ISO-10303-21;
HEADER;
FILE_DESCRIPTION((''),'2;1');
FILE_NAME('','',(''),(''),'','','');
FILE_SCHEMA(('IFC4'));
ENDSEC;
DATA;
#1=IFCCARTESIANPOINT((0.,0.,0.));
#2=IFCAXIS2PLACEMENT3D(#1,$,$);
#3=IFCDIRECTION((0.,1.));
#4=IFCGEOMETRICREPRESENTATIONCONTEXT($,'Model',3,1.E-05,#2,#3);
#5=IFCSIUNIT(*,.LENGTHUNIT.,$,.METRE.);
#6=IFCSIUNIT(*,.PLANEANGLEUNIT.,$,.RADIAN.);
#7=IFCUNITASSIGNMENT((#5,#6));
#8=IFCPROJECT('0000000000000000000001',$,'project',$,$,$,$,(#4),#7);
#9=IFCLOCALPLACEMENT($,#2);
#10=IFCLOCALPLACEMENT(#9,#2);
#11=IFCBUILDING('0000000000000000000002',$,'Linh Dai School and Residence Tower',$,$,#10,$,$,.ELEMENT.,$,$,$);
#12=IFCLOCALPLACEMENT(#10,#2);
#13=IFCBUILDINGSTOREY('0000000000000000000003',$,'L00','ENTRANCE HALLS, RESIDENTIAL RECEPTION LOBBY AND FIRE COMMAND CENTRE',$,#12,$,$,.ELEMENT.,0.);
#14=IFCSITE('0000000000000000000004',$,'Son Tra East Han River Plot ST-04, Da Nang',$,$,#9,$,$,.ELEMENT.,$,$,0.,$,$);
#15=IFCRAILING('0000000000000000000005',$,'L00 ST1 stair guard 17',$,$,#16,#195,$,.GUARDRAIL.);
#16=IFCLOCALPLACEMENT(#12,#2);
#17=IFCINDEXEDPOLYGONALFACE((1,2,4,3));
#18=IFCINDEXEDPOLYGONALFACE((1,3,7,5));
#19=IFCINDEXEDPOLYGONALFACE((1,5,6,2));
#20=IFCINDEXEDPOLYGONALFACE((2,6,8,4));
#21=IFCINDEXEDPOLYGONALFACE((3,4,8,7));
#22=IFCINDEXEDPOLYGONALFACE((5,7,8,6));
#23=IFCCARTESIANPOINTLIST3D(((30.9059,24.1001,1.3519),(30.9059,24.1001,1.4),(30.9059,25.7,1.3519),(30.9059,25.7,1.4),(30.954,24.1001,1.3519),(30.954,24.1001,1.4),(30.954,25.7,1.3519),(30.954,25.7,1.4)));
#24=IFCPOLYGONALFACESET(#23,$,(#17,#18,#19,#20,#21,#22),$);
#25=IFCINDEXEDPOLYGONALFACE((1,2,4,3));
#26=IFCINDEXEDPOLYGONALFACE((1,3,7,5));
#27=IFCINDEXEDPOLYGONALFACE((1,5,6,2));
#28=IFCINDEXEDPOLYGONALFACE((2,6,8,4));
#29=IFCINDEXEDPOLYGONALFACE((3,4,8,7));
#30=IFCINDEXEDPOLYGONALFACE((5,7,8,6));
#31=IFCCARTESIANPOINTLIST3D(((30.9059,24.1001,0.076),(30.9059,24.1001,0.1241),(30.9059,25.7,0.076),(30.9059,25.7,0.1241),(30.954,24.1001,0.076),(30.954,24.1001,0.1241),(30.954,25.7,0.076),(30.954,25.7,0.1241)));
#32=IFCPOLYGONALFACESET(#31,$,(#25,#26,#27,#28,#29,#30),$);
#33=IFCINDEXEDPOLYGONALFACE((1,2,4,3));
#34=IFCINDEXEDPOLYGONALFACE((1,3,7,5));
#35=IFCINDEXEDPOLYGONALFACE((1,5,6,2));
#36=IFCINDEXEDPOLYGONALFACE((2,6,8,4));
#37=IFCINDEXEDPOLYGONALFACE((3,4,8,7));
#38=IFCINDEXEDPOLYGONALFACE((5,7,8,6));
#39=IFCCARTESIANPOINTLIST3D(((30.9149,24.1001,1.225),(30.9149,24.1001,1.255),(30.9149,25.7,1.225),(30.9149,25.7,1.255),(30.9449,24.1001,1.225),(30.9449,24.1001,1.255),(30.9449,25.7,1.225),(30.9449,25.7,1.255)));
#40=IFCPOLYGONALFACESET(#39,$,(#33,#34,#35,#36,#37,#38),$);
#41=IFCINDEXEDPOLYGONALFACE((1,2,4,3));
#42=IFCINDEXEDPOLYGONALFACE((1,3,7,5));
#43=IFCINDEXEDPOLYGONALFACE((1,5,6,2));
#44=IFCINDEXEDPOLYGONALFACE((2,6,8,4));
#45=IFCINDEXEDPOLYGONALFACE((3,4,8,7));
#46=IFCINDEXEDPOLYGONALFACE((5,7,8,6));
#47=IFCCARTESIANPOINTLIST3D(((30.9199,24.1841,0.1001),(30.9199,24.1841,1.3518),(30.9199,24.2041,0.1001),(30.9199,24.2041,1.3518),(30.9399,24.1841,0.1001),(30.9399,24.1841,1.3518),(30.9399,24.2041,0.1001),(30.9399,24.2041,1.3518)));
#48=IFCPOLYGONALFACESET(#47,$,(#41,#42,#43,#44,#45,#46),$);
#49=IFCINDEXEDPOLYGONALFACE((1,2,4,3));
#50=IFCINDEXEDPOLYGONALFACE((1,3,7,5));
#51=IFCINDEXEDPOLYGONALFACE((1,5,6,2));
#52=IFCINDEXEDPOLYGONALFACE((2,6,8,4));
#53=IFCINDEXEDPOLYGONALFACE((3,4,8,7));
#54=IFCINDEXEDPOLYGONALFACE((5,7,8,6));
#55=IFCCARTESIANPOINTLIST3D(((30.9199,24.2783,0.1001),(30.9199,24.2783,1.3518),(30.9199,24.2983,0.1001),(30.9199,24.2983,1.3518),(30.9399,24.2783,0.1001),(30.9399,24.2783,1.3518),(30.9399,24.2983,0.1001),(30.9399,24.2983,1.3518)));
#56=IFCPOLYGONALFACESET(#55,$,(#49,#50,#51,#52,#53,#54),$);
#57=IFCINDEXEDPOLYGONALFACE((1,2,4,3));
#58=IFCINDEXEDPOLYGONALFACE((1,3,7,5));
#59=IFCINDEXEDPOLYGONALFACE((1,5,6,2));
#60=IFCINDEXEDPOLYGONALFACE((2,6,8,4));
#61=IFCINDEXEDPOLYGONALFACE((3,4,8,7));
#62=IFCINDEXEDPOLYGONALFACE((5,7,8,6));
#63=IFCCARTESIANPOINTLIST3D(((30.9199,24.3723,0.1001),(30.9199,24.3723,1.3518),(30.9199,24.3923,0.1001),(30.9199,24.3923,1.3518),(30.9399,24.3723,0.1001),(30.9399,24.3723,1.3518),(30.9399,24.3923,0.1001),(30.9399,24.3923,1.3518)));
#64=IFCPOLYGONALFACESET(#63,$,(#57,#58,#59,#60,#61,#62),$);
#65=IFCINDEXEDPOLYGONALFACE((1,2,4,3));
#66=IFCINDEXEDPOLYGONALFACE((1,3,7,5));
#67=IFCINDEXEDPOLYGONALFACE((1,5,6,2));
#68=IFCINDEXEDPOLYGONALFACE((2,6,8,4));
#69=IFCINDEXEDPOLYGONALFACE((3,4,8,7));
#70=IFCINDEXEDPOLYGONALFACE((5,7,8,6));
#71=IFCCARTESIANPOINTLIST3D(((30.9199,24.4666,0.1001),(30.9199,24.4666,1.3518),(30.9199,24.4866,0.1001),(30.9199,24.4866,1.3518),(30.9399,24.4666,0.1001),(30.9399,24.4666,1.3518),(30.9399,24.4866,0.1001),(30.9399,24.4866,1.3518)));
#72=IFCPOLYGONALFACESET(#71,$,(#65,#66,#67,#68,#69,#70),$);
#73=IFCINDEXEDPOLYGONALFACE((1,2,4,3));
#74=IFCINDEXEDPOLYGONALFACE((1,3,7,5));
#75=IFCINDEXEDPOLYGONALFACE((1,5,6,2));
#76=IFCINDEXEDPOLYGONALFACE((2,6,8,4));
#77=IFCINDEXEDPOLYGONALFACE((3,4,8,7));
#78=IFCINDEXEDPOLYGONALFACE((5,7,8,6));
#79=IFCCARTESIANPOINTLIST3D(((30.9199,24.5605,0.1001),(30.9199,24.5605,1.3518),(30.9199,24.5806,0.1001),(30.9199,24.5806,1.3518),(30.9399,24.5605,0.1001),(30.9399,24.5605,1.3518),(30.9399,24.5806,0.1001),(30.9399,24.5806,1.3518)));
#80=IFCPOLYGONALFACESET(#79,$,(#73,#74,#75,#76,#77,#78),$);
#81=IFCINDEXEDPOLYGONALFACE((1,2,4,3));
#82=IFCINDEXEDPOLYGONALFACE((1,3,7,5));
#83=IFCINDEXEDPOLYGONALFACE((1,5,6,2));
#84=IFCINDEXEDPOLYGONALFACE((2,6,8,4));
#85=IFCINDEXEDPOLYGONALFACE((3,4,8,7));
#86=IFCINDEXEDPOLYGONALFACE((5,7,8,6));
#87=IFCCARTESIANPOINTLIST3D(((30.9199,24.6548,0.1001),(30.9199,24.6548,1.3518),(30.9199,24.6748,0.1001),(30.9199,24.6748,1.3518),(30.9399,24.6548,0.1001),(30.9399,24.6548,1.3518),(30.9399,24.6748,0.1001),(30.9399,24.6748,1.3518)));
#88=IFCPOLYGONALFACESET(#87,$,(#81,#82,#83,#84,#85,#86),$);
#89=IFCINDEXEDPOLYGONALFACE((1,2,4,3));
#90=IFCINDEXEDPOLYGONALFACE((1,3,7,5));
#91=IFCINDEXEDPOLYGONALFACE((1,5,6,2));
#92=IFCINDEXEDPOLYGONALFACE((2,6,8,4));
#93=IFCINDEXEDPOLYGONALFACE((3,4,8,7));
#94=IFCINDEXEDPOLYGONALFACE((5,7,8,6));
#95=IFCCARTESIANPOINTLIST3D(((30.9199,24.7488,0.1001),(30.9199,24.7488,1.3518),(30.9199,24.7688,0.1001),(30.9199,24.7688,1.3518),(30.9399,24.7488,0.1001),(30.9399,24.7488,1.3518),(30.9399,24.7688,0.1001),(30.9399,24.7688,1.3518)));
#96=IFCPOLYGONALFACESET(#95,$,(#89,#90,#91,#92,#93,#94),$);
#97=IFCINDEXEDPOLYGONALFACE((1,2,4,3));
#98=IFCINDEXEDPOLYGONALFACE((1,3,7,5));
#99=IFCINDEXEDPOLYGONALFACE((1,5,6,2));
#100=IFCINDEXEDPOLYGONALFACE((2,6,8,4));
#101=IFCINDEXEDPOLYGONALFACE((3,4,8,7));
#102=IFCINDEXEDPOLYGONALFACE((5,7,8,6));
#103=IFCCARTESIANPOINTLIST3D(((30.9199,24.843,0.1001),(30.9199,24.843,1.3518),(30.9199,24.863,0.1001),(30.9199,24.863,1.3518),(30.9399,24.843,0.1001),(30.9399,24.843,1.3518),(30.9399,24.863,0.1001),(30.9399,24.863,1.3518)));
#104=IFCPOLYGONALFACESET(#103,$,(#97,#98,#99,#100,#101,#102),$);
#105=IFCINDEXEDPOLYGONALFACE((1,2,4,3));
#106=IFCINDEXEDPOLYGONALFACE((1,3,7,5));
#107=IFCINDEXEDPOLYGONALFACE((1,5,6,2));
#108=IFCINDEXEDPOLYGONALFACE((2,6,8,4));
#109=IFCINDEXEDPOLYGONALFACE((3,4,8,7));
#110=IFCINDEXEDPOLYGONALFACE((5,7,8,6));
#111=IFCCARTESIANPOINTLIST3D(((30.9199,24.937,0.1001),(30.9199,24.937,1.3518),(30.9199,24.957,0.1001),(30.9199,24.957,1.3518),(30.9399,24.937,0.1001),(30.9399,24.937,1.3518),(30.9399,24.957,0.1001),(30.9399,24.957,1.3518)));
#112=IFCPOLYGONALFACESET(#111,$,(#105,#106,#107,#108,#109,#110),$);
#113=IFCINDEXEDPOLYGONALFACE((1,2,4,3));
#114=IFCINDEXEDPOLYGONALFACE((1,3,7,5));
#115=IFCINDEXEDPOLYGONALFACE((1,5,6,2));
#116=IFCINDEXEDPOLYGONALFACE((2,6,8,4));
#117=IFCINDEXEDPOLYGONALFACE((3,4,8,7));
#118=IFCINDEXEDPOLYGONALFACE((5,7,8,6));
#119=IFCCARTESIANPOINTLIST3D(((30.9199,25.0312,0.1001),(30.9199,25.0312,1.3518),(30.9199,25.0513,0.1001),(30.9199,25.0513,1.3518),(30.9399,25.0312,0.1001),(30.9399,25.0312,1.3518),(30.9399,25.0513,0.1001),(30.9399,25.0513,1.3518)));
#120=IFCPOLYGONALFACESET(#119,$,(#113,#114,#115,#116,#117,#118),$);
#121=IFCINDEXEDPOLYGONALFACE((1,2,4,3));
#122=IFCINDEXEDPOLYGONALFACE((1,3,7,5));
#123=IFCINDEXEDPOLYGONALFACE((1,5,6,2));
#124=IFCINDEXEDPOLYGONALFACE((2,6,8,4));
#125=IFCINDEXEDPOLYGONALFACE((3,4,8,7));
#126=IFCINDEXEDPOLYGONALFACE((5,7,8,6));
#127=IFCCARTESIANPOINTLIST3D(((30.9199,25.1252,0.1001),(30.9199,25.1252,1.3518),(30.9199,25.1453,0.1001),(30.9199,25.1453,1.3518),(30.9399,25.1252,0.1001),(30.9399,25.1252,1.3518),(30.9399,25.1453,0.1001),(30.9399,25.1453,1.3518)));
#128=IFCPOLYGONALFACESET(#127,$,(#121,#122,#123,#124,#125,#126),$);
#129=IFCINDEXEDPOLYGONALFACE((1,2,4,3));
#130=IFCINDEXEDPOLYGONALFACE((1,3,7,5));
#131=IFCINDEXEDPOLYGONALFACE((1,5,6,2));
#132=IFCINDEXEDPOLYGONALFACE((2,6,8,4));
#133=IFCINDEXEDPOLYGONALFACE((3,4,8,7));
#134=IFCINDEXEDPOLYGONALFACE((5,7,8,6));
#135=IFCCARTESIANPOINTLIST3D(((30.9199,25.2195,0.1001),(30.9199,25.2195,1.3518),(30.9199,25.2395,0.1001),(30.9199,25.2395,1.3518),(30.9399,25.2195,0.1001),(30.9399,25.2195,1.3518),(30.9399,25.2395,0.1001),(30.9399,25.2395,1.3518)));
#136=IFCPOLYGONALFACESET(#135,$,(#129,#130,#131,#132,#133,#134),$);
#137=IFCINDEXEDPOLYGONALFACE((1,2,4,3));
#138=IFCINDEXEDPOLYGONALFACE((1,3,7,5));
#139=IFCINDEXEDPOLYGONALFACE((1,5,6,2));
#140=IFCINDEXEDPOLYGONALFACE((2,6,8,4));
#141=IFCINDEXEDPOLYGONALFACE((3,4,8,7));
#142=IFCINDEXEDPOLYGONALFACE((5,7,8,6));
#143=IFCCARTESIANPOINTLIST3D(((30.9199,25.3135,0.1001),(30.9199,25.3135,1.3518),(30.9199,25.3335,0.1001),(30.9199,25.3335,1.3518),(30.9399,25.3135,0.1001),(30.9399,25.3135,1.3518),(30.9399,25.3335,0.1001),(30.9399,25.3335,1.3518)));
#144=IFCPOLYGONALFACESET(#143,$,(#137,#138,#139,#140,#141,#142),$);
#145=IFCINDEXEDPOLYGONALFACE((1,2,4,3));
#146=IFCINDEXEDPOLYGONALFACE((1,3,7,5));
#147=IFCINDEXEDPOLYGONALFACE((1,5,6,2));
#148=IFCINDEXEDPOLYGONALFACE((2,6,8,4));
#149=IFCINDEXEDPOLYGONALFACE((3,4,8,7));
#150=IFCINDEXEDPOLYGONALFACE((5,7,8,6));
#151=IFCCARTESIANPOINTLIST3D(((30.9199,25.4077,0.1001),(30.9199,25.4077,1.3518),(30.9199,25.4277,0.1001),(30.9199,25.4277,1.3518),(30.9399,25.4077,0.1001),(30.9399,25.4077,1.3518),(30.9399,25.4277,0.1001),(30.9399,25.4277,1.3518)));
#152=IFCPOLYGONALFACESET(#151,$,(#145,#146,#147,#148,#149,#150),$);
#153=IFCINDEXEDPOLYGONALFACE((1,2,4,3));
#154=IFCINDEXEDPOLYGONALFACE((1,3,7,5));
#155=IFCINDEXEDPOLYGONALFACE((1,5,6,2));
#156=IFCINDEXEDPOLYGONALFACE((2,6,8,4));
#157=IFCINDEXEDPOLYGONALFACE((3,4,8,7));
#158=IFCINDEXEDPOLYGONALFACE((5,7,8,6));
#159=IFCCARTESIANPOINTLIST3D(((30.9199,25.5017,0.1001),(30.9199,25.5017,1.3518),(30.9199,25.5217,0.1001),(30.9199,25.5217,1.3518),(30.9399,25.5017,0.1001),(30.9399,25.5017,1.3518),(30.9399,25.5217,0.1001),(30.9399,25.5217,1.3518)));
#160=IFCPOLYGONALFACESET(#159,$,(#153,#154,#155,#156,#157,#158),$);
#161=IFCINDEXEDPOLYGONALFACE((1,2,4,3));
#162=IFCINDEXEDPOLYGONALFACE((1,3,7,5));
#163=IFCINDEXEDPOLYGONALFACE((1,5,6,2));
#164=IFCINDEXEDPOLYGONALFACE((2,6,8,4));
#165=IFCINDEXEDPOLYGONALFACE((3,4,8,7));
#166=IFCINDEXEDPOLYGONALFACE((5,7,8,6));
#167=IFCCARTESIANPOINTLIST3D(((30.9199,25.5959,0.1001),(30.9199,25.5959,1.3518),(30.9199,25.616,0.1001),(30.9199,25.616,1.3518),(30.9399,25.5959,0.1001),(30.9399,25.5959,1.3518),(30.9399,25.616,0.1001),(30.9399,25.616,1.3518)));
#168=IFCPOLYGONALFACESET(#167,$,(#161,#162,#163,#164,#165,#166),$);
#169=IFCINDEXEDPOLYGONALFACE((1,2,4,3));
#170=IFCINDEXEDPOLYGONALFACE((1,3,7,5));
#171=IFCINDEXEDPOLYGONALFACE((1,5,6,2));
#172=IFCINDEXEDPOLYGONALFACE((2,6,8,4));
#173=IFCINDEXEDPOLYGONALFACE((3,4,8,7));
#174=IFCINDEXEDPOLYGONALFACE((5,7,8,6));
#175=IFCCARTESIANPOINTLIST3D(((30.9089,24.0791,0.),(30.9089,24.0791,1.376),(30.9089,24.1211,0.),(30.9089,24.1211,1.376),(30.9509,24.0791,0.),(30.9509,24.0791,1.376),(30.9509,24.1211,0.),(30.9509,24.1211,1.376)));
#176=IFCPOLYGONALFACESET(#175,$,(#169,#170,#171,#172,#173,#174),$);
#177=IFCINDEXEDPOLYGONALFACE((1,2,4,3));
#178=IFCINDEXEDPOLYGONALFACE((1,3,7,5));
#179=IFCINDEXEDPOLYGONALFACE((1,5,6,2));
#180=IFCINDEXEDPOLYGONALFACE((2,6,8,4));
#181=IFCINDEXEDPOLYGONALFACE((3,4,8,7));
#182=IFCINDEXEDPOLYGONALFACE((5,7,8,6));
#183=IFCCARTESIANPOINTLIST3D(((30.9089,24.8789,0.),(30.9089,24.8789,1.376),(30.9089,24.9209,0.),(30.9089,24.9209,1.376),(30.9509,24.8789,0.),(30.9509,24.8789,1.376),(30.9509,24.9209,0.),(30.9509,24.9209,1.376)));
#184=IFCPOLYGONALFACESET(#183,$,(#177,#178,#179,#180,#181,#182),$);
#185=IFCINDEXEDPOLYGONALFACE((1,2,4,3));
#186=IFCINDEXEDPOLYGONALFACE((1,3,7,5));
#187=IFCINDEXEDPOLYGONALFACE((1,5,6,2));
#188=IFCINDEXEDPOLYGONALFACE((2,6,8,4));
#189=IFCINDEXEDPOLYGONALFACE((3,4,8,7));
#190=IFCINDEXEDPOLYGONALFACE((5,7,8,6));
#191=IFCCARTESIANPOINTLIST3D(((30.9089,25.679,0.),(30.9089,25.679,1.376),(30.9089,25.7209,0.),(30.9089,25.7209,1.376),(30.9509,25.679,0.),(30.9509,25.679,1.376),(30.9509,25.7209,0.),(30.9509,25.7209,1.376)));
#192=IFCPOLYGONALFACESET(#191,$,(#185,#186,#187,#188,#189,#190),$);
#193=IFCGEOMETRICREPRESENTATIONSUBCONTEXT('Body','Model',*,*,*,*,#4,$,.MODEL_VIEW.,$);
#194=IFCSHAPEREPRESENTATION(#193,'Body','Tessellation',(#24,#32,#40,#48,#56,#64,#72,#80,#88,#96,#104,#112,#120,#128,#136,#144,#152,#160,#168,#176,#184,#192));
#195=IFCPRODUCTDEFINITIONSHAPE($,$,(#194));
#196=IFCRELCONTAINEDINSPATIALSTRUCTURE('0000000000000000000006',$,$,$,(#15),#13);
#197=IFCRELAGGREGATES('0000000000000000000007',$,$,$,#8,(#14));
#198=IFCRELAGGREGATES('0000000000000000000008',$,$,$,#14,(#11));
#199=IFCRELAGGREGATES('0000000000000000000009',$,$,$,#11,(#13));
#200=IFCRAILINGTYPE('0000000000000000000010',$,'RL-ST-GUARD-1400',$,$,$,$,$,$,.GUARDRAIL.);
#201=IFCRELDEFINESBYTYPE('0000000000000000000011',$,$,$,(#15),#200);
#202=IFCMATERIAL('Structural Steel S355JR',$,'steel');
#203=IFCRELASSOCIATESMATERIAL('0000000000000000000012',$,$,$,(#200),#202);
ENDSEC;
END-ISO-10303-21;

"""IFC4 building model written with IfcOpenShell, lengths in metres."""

from ifc_helpers import new_model, si_unit, direction, frame, origin, origin_2d, place, context, subcontext, project, spatial, rectangle, extrude, source, transform, mapped, material, type_object, element, save


model = new_model("IFC4")

# Units and contexts
model_context = context("Model", 3, precision=1e-05, world=origin(), true_north=direction((0.0, 1.0)))
body_context = subcontext(model_context, "Body", "Model", "MODEL_VIEW")
ifc_project = project(units=[si_unit("LENGTHUNIT", "METRE"), si_unit("PLANEANGLEUNIT", "RADIAN")], contexts=[model_context])

# Site, building, storey
site_placement = place(None, origin())
site = spatial("IfcSite", under=ifc_project, at=site_placement, Name="Son Tra East Han River Plot ST-04, Da Nang", CompositionType="ELEMENT", RefElevation=0.0)
building_placement = place(site_placement, origin())
building = spatial("IfcBuilding", under=site, at=building_placement, Name="Linh Dai School and Residence Tower", CompositionType="ELEMENT")
storey_placement = place(building_placement, origin())
storey = spatial("IfcBuildingStorey", under=building, at=storey_placement, Name="L00", Description="ENTRANCE HALLS, RESIDENTIAL RECEPTION LOBBY AND FIRE COMMAND CENTRE", CompositionType="ELEMENT", Elevation=0.0)

# Shared definitions
ifc_material_1 = material(Name="Structural Steel S355JR", Category="steel")

# Railing
railing_type_1 = type_object("IfcRailingType", Name="RL-ST-GUARD-1400", PredefinedType="GUARDRAIL", material=ifc_material_1)
shared_shape_1 = source(origin(), body_context, "Body", "SweptSolid", [
    extrude(rectangle(XDim=0.0481, YDim=0.0481, at=origin_2d()), frame((0.0, 0.0, 1.376), z_axis=(0.0, 1.0, 0.0), x_axis=(-1.0, 0.0, 0.0)), (0.0, 0.0, 1.0), 1.5999),
    extrude(rectangle(XDim=0.0481, YDim=0.0481, at=origin_2d()), frame((0.0, 0.0, 0.1001), z_axis=(0.0, 1.0, 0.0), x_axis=(-1.0, 0.0, 0.0)), (0.0, 0.0, 1.0), 1.5999),
    extrude(rectangle(XDim=0.03, YDim=0.03, at=origin_2d()), frame((0.0, 0.0, 1.24), z_axis=(0.0, 1.0, 0.0), x_axis=(-1.0, 0.0, 0.0)), (0.0, 0.0, 1.0), 1.5999),
    extrude(rectangle(XDim=0.02, YDim=0.02, at=origin_2d()), frame((0.0, 0.094, 0.1001)), (0.0, 0.0, 1.0), 1.2517),
    extrude(rectangle(XDim=0.02, YDim=0.02, at=origin_2d()), frame((0.0, 0.1882, 0.1001)), (0.0, 0.0, 1.0), 1.2517),
    extrude(rectangle(XDim=0.02, YDim=0.02, at=origin_2d()), frame((0.0, 0.2822, 0.1001)), (0.0, 0.0, 1.0), 1.2517),
    extrude(rectangle(XDim=0.02, YDim=0.02, at=origin_2d()), frame((0.0, 0.3765, 0.1001)), (0.0, 0.0, 1.0), 1.2517),
    extrude(rectangle(XDim=0.02, YDim=0.02, at=origin_2d()), frame((0.0, 0.4705, 0.1001)), (0.0, 0.0, 1.0), 1.2517),
    extrude(rectangle(XDim=0.02, YDim=0.02, at=origin_2d()), frame((0.0, 0.5647, 0.1001)), (0.0, 0.0, 1.0), 1.2517),
    extrude(rectangle(XDim=0.02, YDim=0.02, at=origin_2d()), frame((0.0, 0.6587, 0.1001)), (0.0, 0.0, 1.0), 1.2517),
    extrude(rectangle(XDim=0.02, YDim=0.02, at=origin_2d()), frame((0.0, 0.7529, 0.1001)), (0.0, 0.0, 1.0), 1.2517),
    extrude(rectangle(XDim=0.02, YDim=0.02, at=origin_2d()), frame((0.0, 0.8469, 0.1001)), (0.0, 0.0, 1.0), 1.2517),
    extrude(rectangle(XDim=0.02, YDim=0.02, at=origin_2d()), frame((0.0, 0.9412, 0.1001)), (0.0, 0.0, 1.0), 1.2517),
    extrude(rectangle(XDim=0.02, YDim=0.02, at=origin_2d()), frame((0.0, 1.0352, 0.1001)), (0.0, 0.0, 1.0), 1.2517),
    extrude(rectangle(XDim=0.02, YDim=0.02, at=origin_2d()), frame((0.0, 1.1294, 0.1001)), (0.0, 0.0, 1.0), 1.2517),
    extrude(rectangle(XDim=0.02, YDim=0.02, at=origin_2d()), frame((0.0, 1.2234, 0.1001)), (0.0, 0.0, 1.0), 1.2517),
    extrude(rectangle(XDim=0.02, YDim=0.02, at=origin_2d()), frame((0.0, 1.3176, 0.1001)), (0.0, 0.0, 1.0), 1.2517),
    extrude(rectangle(XDim=0.02, YDim=0.02, at=origin_2d()), frame((0.0, 1.4116, 0.1001)), (0.0, 0.0, 1.0), 1.2517),
    extrude(rectangle(XDim=0.02, YDim=0.02, at=origin_2d()), frame((0.0, 1.5059, 0.1001)), (0.0, 0.0, 1.0), 1.2517),
    extrude(rectangle(XDim=0.042, YDim=0.042, at=origin_2d()), origin(), (0.0, 0.0, 1.0), 1.376),
    extrude(rectangle(XDim=0.042, YDim=0.042, at=origin_2d()), frame((0.0, 0.7998, 0.0)), (0.0, 0.0, 1.0), 1.376),
    extrude(rectangle(XDim=0.042, YDim=0.042, at=origin_2d()), frame((0.0, 1.5999, 0.0)), (0.0, 0.0, 1.0), 1.376),
])
railing_1_placement = place(storey_placement, frame((30.9299, 24.1001, 0.0)))
element("IfcRailing", 1, at=railing_1_placement, inside=storey, type_object=railing_type_1, Name="L00 ST1 stair guard 17", PredefinedType="GUARDRAIL", context=body_context, shape_type="MappedRepresentation", body=[
    mapped(shared_shape_1, transform((0.0, 0.0, 0.0), x_axis=(1.0, 0.0, 0.0), y_axis=(0.0, 1.0, 0.0), z_axis=(0.0, 0.0, 1.0), scale=1.0)),
])

save(model, "model.ifc")
